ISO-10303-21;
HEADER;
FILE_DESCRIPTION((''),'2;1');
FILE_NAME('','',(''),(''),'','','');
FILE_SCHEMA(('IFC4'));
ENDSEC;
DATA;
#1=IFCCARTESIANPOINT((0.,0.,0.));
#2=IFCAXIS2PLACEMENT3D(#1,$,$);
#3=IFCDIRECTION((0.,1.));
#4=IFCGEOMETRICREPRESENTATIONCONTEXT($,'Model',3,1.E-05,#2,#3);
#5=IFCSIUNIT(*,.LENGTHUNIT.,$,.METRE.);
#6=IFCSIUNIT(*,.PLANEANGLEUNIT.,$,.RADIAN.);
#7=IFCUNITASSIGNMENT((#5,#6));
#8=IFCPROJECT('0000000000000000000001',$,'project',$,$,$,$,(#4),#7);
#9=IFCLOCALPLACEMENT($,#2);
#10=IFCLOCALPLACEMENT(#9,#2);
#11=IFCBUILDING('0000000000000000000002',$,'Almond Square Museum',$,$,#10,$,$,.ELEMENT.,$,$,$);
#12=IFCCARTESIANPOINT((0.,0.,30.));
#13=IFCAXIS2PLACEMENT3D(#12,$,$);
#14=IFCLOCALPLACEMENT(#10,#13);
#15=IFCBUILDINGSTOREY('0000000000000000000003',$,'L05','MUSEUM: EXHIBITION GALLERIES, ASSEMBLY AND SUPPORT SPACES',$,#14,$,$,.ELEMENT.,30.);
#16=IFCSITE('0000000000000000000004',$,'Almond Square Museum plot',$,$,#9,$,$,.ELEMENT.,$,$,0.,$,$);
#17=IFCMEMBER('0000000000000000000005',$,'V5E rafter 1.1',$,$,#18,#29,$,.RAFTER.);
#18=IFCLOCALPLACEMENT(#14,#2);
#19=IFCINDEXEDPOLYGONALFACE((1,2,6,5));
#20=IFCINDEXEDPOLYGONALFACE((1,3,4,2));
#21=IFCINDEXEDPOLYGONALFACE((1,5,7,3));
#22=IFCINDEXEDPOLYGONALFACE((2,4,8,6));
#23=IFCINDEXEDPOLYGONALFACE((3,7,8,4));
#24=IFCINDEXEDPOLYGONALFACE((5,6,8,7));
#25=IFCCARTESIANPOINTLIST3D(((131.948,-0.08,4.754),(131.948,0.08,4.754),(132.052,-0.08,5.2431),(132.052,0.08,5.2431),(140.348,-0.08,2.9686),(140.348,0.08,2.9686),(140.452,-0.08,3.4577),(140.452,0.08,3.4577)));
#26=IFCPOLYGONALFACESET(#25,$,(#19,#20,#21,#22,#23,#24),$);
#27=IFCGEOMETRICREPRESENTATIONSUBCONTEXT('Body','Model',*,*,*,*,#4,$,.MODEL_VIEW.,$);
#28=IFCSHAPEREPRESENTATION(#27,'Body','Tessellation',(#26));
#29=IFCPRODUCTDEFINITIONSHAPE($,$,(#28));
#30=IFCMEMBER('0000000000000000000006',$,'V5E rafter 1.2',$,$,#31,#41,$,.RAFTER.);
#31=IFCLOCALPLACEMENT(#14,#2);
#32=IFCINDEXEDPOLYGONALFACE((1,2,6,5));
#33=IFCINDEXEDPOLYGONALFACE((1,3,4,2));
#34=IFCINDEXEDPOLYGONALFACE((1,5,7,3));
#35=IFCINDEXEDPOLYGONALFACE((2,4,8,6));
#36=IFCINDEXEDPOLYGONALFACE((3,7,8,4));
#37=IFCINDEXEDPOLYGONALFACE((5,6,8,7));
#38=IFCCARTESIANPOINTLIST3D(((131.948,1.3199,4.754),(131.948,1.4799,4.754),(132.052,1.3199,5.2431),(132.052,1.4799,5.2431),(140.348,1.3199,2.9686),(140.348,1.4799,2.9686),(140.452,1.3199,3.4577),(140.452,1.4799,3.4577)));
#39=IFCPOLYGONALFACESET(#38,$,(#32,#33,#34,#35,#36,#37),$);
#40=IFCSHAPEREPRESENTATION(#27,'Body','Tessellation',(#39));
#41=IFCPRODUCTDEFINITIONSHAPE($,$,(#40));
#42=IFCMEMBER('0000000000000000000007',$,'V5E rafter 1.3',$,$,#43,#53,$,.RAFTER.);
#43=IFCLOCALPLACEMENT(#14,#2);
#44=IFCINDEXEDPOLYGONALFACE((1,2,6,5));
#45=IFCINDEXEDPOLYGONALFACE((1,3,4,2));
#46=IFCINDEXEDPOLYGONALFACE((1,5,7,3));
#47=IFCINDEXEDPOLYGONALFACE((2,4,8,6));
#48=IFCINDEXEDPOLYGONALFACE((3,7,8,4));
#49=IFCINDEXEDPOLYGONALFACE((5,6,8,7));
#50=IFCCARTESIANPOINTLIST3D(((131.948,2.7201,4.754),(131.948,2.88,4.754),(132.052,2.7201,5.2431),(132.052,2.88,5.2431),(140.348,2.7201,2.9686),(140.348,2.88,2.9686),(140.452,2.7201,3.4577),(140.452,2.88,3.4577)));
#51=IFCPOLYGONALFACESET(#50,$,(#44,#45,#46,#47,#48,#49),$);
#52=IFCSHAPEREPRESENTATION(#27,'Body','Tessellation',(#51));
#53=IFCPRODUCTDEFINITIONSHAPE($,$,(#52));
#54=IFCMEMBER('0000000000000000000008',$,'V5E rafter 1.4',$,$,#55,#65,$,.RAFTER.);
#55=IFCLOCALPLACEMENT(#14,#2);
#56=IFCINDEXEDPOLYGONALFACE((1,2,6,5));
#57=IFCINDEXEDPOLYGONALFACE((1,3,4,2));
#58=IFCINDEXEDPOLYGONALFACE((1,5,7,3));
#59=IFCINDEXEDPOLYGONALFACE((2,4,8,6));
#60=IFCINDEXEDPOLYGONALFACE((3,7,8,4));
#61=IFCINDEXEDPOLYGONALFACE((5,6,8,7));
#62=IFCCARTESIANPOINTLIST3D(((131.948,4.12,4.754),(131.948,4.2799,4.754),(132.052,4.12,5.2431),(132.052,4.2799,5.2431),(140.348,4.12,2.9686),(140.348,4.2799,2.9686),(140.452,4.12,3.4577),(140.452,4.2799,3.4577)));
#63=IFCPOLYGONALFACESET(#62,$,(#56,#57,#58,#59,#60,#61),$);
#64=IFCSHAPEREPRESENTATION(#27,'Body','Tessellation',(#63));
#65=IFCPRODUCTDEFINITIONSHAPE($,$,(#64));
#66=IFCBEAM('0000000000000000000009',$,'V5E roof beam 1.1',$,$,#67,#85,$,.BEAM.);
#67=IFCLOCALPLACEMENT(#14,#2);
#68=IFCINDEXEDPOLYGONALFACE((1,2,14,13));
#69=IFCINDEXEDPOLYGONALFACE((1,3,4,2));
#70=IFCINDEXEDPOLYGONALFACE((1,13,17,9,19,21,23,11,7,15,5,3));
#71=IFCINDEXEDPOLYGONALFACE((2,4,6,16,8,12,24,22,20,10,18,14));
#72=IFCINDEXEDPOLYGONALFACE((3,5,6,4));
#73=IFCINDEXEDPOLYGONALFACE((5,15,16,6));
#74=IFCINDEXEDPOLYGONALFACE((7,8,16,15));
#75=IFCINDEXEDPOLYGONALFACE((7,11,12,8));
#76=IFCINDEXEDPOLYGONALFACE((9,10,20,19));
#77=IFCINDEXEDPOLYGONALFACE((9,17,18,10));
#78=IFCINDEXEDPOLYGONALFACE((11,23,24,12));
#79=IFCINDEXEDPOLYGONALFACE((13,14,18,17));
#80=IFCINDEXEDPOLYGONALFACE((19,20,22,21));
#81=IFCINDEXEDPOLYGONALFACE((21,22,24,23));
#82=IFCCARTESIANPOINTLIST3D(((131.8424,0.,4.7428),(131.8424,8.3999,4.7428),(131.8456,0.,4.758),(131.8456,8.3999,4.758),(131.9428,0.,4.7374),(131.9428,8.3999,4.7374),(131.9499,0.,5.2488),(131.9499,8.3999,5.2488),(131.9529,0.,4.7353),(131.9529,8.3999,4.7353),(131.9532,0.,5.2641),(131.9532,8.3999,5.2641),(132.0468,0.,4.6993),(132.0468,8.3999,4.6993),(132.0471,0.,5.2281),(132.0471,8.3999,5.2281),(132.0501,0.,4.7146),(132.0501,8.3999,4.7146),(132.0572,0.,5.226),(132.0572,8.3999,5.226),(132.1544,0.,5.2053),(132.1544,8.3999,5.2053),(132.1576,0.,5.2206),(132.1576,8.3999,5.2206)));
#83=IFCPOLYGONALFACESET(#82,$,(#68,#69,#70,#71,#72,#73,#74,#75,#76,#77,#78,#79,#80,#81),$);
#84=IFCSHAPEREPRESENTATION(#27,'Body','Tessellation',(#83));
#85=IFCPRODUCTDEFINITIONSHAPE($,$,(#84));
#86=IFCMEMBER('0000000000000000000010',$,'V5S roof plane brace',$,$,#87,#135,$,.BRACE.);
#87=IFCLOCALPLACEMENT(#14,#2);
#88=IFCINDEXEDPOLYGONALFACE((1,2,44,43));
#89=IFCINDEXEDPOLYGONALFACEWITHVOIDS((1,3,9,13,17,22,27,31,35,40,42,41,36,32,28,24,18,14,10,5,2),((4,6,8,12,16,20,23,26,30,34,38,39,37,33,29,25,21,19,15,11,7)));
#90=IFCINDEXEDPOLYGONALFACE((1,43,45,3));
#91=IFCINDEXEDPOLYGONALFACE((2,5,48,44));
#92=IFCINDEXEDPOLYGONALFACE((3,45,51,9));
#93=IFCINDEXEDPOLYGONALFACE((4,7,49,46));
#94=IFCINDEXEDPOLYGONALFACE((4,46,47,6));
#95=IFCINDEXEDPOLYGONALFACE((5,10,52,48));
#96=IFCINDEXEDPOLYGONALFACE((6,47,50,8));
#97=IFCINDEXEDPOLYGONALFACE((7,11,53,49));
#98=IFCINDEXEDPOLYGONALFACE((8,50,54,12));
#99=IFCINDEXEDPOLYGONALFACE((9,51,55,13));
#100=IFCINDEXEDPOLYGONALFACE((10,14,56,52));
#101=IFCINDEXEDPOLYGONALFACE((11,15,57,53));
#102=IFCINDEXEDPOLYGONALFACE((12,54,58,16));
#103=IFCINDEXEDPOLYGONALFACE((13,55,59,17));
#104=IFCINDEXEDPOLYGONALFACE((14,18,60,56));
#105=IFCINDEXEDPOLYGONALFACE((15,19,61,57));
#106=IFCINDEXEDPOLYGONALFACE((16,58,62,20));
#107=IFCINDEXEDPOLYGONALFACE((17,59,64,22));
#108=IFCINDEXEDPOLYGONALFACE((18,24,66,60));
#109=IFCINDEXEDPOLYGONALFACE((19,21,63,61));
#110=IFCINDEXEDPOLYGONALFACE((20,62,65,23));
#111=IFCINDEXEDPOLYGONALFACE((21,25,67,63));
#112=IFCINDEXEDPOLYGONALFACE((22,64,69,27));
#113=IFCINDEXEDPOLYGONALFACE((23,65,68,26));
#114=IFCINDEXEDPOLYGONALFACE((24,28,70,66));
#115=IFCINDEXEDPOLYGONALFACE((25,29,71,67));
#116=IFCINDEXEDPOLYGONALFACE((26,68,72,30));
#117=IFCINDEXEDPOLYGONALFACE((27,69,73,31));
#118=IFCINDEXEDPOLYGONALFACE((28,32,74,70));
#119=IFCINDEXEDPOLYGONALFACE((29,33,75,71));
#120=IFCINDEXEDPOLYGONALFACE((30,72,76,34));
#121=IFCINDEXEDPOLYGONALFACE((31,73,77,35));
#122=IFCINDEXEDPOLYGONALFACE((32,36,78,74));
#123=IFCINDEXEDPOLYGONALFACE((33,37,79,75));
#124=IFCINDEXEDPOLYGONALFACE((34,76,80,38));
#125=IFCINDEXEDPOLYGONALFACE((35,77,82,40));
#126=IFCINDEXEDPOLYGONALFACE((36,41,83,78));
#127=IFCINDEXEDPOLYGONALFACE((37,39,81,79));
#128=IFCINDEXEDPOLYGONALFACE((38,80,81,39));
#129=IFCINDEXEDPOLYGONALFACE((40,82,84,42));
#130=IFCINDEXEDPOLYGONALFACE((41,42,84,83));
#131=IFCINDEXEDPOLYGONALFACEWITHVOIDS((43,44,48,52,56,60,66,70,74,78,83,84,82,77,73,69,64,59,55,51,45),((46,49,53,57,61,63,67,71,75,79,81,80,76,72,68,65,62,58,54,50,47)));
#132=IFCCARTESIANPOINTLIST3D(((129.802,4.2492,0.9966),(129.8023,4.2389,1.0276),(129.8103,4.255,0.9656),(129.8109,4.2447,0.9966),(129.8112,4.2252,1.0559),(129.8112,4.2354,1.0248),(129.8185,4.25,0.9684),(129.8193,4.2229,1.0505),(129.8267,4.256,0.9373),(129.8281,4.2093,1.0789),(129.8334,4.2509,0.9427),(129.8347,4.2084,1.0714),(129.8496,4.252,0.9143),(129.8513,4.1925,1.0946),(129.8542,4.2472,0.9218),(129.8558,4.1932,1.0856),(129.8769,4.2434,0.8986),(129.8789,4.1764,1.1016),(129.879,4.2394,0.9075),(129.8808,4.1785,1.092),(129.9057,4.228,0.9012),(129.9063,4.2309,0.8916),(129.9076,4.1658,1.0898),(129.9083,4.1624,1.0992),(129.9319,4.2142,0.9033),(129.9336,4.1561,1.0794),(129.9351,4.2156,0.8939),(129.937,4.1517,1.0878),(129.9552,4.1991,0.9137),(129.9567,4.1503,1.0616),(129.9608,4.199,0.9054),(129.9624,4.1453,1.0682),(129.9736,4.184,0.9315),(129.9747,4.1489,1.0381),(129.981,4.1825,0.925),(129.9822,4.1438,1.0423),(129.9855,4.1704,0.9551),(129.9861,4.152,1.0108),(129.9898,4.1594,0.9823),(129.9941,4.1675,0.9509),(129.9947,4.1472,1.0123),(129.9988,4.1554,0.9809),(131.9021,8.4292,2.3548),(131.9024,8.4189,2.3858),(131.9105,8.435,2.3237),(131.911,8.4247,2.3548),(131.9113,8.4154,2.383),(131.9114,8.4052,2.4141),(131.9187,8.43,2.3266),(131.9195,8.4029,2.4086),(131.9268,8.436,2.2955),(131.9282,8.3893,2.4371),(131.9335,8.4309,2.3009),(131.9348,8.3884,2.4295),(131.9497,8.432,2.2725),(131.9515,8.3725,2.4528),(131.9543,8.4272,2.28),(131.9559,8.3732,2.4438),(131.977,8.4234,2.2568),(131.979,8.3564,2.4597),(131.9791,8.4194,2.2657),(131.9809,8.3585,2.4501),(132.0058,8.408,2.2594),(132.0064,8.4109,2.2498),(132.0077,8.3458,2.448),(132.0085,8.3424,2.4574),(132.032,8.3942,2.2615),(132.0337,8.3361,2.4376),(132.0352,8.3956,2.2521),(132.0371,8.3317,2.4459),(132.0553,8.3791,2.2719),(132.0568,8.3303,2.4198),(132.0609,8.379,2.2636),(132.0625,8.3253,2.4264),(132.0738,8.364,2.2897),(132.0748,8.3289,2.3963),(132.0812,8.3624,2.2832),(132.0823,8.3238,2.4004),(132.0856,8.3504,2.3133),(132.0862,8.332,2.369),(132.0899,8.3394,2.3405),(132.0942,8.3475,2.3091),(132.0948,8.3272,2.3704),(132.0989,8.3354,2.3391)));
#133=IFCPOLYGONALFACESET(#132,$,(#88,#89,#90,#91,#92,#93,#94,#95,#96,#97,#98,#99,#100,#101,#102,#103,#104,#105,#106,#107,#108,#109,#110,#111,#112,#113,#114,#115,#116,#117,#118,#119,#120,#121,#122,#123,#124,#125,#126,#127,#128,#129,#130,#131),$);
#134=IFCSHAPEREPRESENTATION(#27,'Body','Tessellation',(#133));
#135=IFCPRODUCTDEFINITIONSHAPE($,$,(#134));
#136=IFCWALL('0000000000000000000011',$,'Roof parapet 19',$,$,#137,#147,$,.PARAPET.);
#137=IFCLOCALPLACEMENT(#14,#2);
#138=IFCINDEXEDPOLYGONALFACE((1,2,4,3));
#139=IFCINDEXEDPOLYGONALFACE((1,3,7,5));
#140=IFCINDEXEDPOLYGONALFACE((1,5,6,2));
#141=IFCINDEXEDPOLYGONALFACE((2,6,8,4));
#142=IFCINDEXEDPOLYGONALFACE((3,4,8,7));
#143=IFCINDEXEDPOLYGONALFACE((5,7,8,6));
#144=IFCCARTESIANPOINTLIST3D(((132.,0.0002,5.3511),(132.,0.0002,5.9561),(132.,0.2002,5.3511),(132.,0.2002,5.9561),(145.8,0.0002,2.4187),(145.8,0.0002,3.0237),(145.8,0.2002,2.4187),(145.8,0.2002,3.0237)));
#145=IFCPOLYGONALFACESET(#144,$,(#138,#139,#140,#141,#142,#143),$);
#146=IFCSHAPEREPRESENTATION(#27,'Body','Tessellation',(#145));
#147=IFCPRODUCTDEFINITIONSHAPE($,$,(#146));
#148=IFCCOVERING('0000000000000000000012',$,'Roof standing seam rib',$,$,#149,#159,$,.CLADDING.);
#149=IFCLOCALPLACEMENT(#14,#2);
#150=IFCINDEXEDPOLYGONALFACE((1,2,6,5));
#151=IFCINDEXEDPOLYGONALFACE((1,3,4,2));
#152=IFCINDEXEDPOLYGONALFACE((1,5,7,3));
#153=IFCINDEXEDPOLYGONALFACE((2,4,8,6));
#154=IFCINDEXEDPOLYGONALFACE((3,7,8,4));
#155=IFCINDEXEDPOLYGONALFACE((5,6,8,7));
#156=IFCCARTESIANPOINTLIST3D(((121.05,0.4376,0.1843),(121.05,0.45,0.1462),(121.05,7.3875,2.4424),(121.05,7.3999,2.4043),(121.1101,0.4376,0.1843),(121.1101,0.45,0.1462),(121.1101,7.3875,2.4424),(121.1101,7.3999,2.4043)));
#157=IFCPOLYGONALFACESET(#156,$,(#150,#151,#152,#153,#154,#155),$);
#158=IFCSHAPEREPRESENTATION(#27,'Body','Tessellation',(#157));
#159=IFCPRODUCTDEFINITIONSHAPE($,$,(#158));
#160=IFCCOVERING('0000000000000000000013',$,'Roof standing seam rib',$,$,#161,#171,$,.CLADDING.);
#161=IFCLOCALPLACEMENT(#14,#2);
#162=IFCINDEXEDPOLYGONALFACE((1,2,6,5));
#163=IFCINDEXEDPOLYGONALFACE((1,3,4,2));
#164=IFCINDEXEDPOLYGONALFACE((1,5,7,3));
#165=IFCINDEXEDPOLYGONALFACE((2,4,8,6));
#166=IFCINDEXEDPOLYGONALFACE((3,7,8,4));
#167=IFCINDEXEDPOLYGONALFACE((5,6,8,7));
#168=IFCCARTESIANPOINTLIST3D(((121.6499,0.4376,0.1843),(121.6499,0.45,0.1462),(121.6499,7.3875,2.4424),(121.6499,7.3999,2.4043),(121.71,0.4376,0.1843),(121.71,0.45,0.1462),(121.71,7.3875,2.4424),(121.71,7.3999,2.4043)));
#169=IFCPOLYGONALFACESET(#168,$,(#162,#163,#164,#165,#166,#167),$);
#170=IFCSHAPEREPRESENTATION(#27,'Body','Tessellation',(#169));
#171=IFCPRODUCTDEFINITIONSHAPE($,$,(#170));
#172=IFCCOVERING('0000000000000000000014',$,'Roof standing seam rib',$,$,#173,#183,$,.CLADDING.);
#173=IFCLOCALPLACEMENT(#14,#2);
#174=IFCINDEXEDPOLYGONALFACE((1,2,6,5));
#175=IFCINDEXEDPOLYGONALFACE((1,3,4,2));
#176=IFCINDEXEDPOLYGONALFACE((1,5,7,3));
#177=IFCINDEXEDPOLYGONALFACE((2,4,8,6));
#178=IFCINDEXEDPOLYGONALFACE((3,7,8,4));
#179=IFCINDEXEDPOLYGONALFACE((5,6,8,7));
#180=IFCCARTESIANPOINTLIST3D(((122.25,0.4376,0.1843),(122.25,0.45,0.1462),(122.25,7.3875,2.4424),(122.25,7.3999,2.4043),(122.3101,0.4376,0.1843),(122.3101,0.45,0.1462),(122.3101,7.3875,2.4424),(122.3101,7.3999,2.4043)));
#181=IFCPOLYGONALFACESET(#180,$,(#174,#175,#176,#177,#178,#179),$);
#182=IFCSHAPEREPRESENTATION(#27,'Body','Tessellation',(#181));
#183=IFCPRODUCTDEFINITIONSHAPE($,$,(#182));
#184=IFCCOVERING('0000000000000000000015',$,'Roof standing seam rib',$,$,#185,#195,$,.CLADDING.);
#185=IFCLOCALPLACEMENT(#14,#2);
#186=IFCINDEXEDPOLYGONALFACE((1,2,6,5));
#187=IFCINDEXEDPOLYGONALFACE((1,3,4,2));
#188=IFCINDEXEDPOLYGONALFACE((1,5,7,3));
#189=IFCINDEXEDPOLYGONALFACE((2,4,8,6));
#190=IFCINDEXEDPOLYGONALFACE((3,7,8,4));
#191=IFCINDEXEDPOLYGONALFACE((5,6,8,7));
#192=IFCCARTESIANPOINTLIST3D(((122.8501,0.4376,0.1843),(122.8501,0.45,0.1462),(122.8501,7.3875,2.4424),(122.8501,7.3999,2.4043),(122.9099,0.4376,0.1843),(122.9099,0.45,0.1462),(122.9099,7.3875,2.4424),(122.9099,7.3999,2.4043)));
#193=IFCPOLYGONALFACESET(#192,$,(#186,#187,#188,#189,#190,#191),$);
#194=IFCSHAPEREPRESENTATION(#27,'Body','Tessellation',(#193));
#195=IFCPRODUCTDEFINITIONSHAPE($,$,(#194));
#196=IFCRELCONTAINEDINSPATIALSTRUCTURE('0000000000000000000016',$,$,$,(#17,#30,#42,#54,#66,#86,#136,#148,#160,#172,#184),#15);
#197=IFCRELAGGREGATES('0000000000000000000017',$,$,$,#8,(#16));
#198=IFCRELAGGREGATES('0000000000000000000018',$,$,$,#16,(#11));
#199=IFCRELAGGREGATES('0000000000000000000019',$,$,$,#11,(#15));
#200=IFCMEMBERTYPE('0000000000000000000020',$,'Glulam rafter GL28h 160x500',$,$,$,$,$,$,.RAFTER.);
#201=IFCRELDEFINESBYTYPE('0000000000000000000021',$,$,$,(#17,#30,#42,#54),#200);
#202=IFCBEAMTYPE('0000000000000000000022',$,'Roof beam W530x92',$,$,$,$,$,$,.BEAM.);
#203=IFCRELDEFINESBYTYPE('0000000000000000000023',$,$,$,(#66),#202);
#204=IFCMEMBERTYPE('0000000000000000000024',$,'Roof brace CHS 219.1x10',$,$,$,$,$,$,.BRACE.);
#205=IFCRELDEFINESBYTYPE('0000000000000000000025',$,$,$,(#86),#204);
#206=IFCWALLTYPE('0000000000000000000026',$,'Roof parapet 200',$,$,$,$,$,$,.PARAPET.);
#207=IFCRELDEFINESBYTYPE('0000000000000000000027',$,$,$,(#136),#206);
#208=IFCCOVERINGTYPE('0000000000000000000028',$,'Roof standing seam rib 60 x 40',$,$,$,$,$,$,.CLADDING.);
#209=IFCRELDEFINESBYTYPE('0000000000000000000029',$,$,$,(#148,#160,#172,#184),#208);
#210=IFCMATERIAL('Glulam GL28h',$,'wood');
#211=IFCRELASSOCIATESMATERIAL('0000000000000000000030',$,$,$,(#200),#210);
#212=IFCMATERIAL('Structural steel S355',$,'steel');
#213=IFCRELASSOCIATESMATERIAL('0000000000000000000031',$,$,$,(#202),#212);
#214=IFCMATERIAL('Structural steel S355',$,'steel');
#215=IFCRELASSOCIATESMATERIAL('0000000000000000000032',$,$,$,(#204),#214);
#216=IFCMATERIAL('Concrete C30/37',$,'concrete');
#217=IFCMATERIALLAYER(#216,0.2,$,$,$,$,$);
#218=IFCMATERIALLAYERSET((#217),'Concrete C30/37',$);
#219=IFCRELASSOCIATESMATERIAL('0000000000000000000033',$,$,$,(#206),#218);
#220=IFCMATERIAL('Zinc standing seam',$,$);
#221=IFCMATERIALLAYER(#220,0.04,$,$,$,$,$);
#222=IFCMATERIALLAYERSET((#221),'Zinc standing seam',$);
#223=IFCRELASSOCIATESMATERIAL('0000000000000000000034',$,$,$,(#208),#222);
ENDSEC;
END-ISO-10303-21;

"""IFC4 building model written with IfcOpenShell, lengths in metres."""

from ifc_helpers import new_model, si_unit, direction, frame, origin, origin_2d, place, context, subcontext, project, spatial, polyline, rectangle, hollow_circle, i_section, outline, extrude, material, layer, layer_set, material_profile, profile_set, type_object, element, save


model = new_model("IFC4")

# Units and contexts
model_context = context("Model", 3, precision=1e-05, world=origin(), true_north=direction((0.0, 1.0)))
body_context = subcontext(model_context, "Body", "Model", "MODEL_VIEW")
ifc_project = project(units=[si_unit("LENGTHUNIT", "METRE"), si_unit("PLANEANGLEUNIT", "RADIAN")], contexts=[model_context])

# Site, building, storey
site_placement = place(None, origin())
site = spatial("IfcSite", under=ifc_project, at=site_placement, Name="Almond Square Museum plot", CompositionType="ELEMENT", RefElevation=0.0)
building_placement = place(site_placement, origin())
building = spatial("IfcBuilding", under=site, at=building_placement, Name="Almond Square Museum", CompositionType="ELEMENT")
storey_placement = place(building_placement, frame((0.0, 0.0, 30.0)))
storey = spatial("IfcBuildingStorey", under=building, at=storey_placement, Name="L05", Description="MUSEUM: EXHIBITION GALLERIES, ASSEMBLY AND SUPPORT SPACES", CompositionType="ELEMENT", Elevation=30.0)

# Members
ifc_material_1 = material(Name="Glulam GL28h", Category="wood")
ifc_material_profile_1 = material_profile(ifc_material_1, rectangle(XDim=0.1599, YDim=0.5, at=origin_2d()))
ifc_profile_set_1 = profile_set([ifc_material_profile_1], Name="Glulam GL28h")
member_type_1 = type_object("IfcMemberType", Name="Glulam rafter GL28h 160x500", PredefinedType="RAFTER", material=ifc_profile_set_1)
for number, where, z_axis, x_axis, name in (
    (1, (132.0, 0.0, 4.9985), (0.978149, 0.0, -0.207906), (0.0, 1.0, 0.0), "V5E rafter 1.1"),
    (2, (132.0, 1.3999, 4.9985), (0.978149, 0.0, -0.207906), (0.0, 1.0, 0.0), "V5E rafter 1.2"),
    (3, (132.0, 2.8, 4.9985), (0.978149, 0.0, -0.207906), (0.0, 1.0, 0.0), "V5E rafter 1.3"),
    (4, (132.0, 4.2, 4.9985), (0.978149, 0.0, -0.207906), (0.0, 1.0, 0.0), "V5E rafter 1.4"),
):
    element("IfcMember", number, at=place(storey_placement, frame(where, z_axis=z_axis, x_axis=x_axis)), inside=storey, type_object=member_type_1, Name=name, PredefinedType="RAFTER", context=body_context, shape_type="SweptSolid", body=[
        extrude(rectangle(XDim=0.1599, YDim=0.5, at=origin_2d()), origin(), (0.0, 0.0, 1.0), 8.5876),
    ])

# Beam
ifc_material_2 = material(Name="Structural steel S355", Category="steel")
ifc_material_profile_2 = material_profile(ifc_material_2, i_section(OverallWidth=0.209, OverallDepth=0.533, WebThickness=0.0103, FlangeThickness=0.0156, at=origin_2d()))
ifc_profile_set_2 = profile_set([ifc_material_profile_2], Name="Structural steel S355")
beam_type = type_object("IfcBeamType", Name="Roof beam W530x92", PredefinedType="BEAM", material=ifc_profile_set_2)
beam_placement = place(storey_placement, frame((132.0, 0.0, 4.9817), z_axis=(0.0, 1.0, 0.0), x_axis=(-0.978148, 0.0, 0.207912)))
element("IfcBeam", 5, at=beam_placement, inside=storey, type_object=beam_type, Name="V5E roof beam 1.1", PredefinedType="BEAM", context=body_context, shape_type="SweptSolid", body=[
    extrude(i_section(OverallWidth=0.209, OverallDepth=0.533, WebThickness=0.0103, FlangeThickness=0.0156, at=origin_2d()), origin(), (0.0, 0.0, 1.0), 8.3999),
])

# Member
ifc_material_3 = material(Name="Structural steel S355", Category="steel")
ifc_material_profile_3 = material_profile(ifc_material_3, hollow_circle(Radius=0.1096, WallThickness=0.01, at=origin_2d()))
ifc_profile_set_3 = profile_set([ifc_material_profile_3], Name="Structural steel S355")
member_type_2 = type_object("IfcMemberType", Name="Roof brace CHS 219.1x10", PredefinedType="BRACE", material=ifc_profile_set_3)
member_placement = place(storey_placement, frame((129.8999, 4.2, 0.9966), z_axis=(0.431141, 0.858123, 0.278823), x_axis=(-0.893559, 0.448945, 0.0)))
element("IfcMember", 6, at=member_placement, inside=storey, type_object=member_type_2, Name="V5S roof plane brace", PredefinedType="BRACE", context=body_context, shape_type="SweptSolid", body=[
    extrude(hollow_circle(Radius=0.1096, WallThickness=0.01, at=origin_2d()), origin(), (0.0, 0.0, 1.0), 4.8711),
])

# Wall
ifc_material_4 = material(Name="Concrete C30/37", Category="concrete")
ifc_layer_1 = layer(ifc_material_4, 0.2)
ifc_layer_set_1 = layer_set([ifc_layer_1], Name="Concrete C30/37")
wall_type = type_object("IfcWallType", Name="Roof parapet 200", PredefinedType="PARAPET", material=ifc_layer_set_1)
wall_placement = place(storey_placement, frame((132.0, 0.1001, 2.4185), z_axis=(0.0, 0.0, 1.0), x_axis=(1.0, 0.0, 0.0)))
element("IfcWall", 7, at=wall_placement, inside=storey, type_object=wall_type, Name="Roof parapet 19", PredefinedType="PARAPET", context=body_context, shape_type="SweptSolid", body=[
    extrude(outline(polyline([(0.0, 2.9326), (13.8, 0.0002), (13.8, 0.6052), (0.0, 3.5376), (0.0, 2.9326)])), frame((0.0, 0.1001, 0.0), z_axis=(0.0, -1.0, 0.0), x_axis=(1.0, 0.0, 0.0)), (0.0, 0.0, 1.0), 0.2),
])

# Coverings
ifc_material_5 = material(Name="Zinc standing seam")
ifc_layer_2 = layer(ifc_material_5, 0.04)
ifc_layer_set_2 = layer_set([ifc_layer_2], Name="Zinc standing seam")
covering_type = type_object("IfcCoveringType", Name="Roof standing seam rib 60 x 40", PredefinedType="CLADDING", material=ifc_layer_set_2)
for number, where, z_axis, x_axis, name in (
    (8, (121.05, 0.45, 0.1462), (0.0, -0.309002, 0.951061), (1.0, 0.0, 0.0), "Roof standing seam rib"),
    (9, (121.6499, 0.45, 0.1462), (0.0, -0.309002, 0.951061), (1.0, 0.0, 0.0), "Roof standing seam rib"),
    (10, (122.25, 0.45, 0.1462), (0.0, -0.309002, 0.951061), (1.0, 0.0, 0.0), "Roof standing seam rib"),
):
    element("IfcCovering", number, at=place(storey_placement, frame(where, z_axis=z_axis, x_axis=x_axis)), inside=storey, type_object=covering_type, Name=name, PredefinedType="CLADDING", context=body_context, shape_type="SweptSolid", body=[
        extrude(outline(polyline([(0.0, 0.0), (0.0601, 0.0), (0.0601, 7.3076), (0.0, 7.3076), (0.0, 0.0)])), origin(), (0.0, 0.0, 1.0), 0.04),
    ])
covering_1_placement = place(storey_placement, frame((122.8501, 0.45, 0.1462), z_axis=(0.0, -0.309002, 0.951061), x_axis=(1.0, 0.0, 0.0)))
element("IfcCovering", 11, at=covering_1_placement, inside=storey, type_object=covering_type, Name="Roof standing seam rib", PredefinedType="CLADDING", context=body_context, shape_type="SweptSolid", body=[
    extrude(outline(polyline([(0.0, 0.0), (0.0598, 0.0), (0.0598, 7.3076), (0.0, 7.3076), (0.0, 0.0)])), origin(), (0.0, 0.0, 1.0), 0.04),
])

save(model, "model.ifc")
